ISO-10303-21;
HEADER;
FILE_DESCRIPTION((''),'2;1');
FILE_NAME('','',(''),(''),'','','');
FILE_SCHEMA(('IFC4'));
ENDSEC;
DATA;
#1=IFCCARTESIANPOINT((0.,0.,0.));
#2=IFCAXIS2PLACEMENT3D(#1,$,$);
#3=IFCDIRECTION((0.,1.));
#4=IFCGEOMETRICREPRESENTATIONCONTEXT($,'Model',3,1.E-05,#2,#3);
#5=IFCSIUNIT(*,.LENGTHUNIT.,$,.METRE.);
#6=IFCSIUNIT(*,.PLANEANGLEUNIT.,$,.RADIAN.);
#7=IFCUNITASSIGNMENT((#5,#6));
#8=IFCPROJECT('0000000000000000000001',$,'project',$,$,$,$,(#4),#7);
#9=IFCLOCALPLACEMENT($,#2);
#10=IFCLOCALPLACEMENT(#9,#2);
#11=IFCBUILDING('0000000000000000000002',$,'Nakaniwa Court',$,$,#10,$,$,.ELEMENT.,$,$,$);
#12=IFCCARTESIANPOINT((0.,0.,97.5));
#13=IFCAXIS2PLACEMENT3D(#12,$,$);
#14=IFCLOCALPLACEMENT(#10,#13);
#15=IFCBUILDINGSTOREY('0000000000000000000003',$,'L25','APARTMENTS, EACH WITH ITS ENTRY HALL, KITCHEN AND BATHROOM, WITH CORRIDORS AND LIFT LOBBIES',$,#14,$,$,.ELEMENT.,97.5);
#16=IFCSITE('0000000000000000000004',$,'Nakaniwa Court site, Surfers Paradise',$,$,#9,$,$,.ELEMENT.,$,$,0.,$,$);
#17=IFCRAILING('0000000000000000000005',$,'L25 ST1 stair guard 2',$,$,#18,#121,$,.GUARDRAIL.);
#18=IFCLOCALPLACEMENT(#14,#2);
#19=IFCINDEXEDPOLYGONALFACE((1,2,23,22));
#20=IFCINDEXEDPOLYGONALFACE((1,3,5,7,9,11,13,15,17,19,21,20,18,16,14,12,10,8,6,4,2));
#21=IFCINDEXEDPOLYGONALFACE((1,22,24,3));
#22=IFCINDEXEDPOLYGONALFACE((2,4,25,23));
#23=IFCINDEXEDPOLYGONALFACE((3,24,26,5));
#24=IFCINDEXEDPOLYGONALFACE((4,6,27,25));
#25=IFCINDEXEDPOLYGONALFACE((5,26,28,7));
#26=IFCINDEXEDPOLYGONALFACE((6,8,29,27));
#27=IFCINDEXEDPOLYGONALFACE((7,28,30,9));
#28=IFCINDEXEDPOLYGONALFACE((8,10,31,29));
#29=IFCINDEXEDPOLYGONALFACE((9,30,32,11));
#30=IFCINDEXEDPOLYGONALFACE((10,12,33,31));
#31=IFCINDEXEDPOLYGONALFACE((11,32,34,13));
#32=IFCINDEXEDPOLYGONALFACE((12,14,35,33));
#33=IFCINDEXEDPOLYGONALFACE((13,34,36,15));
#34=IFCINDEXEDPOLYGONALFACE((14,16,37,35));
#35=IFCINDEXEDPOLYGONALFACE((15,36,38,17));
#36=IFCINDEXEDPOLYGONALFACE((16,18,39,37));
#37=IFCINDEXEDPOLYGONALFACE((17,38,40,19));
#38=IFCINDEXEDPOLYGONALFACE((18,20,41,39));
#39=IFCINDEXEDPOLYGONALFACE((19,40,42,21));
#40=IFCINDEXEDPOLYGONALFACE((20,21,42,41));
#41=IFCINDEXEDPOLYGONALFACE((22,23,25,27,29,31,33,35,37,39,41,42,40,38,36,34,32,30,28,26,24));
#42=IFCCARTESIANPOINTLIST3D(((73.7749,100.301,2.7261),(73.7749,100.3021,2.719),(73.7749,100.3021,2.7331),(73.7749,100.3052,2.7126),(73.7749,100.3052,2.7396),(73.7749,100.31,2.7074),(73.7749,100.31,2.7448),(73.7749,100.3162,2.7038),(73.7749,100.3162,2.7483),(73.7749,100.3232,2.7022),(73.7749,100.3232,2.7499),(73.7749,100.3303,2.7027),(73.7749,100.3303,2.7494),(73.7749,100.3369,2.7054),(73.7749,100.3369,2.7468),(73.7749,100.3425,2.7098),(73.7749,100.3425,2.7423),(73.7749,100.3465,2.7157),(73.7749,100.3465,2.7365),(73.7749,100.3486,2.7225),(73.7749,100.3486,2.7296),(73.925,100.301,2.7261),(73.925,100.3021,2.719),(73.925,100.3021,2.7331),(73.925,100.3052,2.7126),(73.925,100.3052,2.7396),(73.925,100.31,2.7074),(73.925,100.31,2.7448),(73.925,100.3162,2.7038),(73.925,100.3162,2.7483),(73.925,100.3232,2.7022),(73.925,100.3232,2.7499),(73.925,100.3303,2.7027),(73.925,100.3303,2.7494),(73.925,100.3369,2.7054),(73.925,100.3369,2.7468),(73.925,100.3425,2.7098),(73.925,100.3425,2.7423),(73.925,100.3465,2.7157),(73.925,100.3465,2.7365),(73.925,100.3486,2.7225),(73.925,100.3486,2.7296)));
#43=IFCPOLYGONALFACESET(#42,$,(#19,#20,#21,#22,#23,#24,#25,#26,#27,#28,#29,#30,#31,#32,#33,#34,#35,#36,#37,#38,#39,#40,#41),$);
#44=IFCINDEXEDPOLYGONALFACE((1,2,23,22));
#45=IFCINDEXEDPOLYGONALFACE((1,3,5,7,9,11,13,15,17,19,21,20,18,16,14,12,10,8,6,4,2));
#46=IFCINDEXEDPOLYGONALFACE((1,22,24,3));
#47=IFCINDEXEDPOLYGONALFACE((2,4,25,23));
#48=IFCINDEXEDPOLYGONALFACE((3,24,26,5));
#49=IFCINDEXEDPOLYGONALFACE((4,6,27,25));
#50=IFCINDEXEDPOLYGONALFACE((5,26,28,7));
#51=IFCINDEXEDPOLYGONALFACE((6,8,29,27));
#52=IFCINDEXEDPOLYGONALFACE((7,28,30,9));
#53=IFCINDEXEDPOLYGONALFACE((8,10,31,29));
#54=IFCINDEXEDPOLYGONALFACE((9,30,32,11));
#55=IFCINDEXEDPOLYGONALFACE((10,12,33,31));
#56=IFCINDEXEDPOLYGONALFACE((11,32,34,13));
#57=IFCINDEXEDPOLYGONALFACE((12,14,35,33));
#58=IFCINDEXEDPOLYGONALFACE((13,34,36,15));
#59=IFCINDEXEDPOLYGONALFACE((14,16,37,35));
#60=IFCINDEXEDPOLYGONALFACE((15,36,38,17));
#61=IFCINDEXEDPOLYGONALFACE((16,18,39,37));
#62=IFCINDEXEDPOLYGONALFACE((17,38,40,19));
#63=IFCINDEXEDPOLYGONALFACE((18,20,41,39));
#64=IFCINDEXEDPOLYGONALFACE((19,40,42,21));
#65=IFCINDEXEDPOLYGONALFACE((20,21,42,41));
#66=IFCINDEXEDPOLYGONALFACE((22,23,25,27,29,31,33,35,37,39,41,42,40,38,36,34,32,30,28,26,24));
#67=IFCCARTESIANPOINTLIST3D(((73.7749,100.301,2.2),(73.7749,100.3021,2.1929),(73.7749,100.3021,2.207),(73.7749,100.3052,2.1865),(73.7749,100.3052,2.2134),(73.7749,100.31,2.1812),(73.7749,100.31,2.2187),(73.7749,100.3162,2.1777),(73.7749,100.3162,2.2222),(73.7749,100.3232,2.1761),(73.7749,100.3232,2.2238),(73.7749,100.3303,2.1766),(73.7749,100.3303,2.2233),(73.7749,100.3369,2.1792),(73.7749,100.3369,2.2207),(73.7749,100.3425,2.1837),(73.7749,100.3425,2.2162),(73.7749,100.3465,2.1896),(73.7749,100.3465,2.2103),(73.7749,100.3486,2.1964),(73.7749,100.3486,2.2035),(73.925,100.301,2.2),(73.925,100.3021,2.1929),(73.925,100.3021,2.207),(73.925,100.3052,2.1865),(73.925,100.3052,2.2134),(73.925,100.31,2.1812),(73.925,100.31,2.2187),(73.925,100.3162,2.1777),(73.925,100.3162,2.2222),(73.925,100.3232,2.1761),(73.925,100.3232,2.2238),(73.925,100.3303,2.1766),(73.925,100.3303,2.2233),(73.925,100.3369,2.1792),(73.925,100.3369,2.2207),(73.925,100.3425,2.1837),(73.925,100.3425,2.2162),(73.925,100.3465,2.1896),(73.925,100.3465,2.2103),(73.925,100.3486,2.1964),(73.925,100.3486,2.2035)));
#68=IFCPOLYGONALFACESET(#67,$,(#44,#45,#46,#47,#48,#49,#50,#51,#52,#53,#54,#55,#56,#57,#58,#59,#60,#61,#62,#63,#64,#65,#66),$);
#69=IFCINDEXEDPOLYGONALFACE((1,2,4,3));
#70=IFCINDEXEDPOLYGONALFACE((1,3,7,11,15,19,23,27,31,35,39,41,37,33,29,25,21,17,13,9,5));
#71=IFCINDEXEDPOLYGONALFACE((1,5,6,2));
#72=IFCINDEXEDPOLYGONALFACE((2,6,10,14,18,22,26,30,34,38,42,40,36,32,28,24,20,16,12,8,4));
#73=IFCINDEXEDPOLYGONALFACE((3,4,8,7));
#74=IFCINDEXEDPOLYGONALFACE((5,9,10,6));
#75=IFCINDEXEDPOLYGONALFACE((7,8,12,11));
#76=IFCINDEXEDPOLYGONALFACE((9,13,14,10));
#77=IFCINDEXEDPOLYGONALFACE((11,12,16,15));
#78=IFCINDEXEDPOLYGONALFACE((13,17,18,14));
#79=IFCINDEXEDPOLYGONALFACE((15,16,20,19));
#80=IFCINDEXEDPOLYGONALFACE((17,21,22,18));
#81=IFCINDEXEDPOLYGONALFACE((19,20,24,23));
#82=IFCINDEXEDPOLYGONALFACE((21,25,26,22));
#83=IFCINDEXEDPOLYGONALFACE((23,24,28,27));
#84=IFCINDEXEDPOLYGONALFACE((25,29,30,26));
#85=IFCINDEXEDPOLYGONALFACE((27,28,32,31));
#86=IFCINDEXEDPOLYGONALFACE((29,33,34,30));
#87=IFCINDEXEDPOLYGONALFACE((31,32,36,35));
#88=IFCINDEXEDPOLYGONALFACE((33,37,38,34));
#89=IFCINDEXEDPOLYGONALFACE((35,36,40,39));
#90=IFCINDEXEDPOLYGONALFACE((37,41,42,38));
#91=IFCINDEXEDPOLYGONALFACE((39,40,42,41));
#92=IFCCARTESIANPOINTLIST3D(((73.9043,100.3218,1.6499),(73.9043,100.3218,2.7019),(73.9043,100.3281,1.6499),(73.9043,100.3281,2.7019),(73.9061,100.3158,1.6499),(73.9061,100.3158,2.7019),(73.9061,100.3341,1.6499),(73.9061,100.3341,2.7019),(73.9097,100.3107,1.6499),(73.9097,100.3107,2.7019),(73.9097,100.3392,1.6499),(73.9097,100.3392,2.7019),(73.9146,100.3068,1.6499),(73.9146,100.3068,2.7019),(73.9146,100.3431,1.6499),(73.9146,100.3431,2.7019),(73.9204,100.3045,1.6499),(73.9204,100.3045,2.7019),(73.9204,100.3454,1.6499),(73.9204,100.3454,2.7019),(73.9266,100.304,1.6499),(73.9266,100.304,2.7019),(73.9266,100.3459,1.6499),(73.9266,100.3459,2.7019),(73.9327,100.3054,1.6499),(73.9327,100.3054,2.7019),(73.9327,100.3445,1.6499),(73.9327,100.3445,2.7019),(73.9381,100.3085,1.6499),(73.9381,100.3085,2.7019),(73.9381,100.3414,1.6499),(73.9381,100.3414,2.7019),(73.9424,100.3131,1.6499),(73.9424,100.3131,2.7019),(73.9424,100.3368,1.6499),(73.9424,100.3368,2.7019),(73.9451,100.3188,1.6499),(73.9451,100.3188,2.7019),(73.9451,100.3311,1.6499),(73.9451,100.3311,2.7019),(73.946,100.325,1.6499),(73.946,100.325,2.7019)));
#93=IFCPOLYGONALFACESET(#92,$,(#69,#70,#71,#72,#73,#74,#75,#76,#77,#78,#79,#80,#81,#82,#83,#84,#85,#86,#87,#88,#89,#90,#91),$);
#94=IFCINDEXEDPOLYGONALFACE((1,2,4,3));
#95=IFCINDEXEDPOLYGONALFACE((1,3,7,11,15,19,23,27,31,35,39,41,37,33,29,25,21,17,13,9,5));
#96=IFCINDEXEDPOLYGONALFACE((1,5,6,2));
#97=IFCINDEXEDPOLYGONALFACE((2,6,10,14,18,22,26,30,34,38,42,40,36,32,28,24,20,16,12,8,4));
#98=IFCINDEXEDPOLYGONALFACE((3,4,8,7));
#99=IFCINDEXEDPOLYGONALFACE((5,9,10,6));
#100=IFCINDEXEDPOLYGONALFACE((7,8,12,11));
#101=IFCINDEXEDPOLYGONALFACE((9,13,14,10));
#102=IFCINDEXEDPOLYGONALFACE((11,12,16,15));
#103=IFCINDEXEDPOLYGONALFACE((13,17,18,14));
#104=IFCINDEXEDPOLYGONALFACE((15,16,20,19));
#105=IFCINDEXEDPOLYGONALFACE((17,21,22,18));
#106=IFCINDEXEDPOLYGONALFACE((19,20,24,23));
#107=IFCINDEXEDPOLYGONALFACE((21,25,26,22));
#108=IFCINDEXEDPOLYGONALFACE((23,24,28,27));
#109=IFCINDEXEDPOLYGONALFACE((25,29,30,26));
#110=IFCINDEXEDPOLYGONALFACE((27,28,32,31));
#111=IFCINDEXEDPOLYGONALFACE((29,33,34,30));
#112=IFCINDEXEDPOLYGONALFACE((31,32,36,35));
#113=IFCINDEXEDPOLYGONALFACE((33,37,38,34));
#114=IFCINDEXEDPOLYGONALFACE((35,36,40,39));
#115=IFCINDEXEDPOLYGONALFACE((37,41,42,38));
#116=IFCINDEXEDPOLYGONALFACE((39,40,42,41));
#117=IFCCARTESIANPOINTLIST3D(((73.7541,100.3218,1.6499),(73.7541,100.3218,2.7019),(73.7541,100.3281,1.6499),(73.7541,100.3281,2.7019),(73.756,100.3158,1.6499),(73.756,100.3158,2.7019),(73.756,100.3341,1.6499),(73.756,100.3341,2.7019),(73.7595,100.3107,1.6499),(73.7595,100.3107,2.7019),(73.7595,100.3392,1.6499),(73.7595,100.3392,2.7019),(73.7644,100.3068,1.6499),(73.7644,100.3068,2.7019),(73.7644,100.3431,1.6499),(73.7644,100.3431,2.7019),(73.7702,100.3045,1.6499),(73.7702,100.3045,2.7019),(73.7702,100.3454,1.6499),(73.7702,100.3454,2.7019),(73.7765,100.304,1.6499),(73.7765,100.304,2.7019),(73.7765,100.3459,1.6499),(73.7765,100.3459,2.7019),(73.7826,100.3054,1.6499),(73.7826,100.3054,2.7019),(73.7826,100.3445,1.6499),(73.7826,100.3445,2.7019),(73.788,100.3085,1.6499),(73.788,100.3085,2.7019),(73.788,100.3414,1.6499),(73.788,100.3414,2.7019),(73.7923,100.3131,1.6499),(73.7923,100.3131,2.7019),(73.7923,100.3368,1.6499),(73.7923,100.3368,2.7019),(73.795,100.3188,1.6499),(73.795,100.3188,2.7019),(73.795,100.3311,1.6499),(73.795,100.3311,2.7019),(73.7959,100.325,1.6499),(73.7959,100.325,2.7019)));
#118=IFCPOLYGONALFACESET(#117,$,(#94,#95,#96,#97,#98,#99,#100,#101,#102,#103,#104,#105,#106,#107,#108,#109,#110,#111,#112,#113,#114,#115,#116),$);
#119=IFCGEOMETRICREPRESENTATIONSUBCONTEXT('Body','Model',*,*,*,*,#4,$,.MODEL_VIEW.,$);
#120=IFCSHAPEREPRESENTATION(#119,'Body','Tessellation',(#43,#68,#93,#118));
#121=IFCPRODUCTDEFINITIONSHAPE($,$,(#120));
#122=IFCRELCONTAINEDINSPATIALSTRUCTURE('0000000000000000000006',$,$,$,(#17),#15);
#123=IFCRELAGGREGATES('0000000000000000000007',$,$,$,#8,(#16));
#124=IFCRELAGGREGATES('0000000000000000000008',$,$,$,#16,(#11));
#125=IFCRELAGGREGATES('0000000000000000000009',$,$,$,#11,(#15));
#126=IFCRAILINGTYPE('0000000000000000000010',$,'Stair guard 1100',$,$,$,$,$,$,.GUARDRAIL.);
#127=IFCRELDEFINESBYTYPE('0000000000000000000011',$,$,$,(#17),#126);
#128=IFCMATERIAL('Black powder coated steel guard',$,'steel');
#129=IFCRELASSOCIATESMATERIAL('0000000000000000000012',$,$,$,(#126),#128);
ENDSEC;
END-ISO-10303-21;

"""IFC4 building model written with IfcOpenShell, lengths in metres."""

from ifc_helpers import new_model, si_unit, direction, frame, origin, origin_2d, place, context, subcontext, project, spatial, circle, extrude, material, type_object, element, save


model = new_model("IFC4")

# Units and contexts
model_context = context("Model", 3, precision=1e-05, world=origin(), true_north=direction((0.0, 1.0)))
body_context = subcontext(model_context, "Body", "Model", "MODEL_VIEW")
ifc_project = project(units=[si_unit("LENGTHUNIT", "METRE"), si_unit("PLANEANGLEUNIT", "RADIAN")], contexts=[model_context])

# Site, building, storey
site_placement = place(None, origin())
site = spatial("IfcSite", under=ifc_project, at=site_placement, Name="Nakaniwa Court site, Surfers Paradise", CompositionType="ELEMENT", RefElevation=0.0)
building_placement = place(site_placement, origin())
building = spatial("IfcBuilding", under=site, at=building_placement, Name="Nakaniwa Court", CompositionType="ELEMENT")
storey_placement = place(building_placement, frame((0.0, 0.0, 97.5)))
storey = spatial("IfcBuildingStorey", under=building, at=storey_placement, Name="L25", Description="APARTMENTS, EACH WITH ITS ENTRY HALL, KITCHEN AND BATHROOM, WITH CORRIDORS AND LIFT LOBBIES", CompositionType="ELEMENT", Elevation=97.5)

# Railing
ifc_material_1 = material(Name="Black powder coated steel guard", Category="steel")
railing_type_1 = type_object("IfcRailingType", Name="Stair guard 1100", PredefinedType="GUARDRAIL", material=ifc_material_1)
railing_1_placement = place(storey_placement, frame((73.925, 100.325, 1.6499)))
element("IfcRailing", 1, at=railing_1_placement, inside=storey, type_object=railing_type_1, Name="L25 ST1 stair guard 2", PredefinedType="GUARDRAIL", context=body_context, shape_type="SweptSolid", body=[
    extrude(circle(Radius=0.0239, at=origin_2d()), frame((0.0, 0.0, 1.0762), z_axis=(-1.0, 0.0, 0.0), x_axis=(0.0, -1.0, 0.0)), (0.0, 0.0, 1.0), 0.1501),
    extrude(circle(Radius=0.0239, at=origin_2d()), frame((0.0, 0.0, 0.55), z_axis=(-1.0, 0.0, 0.0), x_axis=(0.0, -1.0, 0.0)), (0.0, 0.0, 1.0), 0.1501),
    extrude(circle(Radius=0.021, at=origin_2d()), origin(), (0.0, 0.0, 1.0), 1.052),
    extrude(circle(Radius=0.021, at=origin_2d()), frame((-0.1501, 0.0, 0.0)), (0.0, 0.0, 1.0), 1.052),
])

save(model, "model.ifc")
